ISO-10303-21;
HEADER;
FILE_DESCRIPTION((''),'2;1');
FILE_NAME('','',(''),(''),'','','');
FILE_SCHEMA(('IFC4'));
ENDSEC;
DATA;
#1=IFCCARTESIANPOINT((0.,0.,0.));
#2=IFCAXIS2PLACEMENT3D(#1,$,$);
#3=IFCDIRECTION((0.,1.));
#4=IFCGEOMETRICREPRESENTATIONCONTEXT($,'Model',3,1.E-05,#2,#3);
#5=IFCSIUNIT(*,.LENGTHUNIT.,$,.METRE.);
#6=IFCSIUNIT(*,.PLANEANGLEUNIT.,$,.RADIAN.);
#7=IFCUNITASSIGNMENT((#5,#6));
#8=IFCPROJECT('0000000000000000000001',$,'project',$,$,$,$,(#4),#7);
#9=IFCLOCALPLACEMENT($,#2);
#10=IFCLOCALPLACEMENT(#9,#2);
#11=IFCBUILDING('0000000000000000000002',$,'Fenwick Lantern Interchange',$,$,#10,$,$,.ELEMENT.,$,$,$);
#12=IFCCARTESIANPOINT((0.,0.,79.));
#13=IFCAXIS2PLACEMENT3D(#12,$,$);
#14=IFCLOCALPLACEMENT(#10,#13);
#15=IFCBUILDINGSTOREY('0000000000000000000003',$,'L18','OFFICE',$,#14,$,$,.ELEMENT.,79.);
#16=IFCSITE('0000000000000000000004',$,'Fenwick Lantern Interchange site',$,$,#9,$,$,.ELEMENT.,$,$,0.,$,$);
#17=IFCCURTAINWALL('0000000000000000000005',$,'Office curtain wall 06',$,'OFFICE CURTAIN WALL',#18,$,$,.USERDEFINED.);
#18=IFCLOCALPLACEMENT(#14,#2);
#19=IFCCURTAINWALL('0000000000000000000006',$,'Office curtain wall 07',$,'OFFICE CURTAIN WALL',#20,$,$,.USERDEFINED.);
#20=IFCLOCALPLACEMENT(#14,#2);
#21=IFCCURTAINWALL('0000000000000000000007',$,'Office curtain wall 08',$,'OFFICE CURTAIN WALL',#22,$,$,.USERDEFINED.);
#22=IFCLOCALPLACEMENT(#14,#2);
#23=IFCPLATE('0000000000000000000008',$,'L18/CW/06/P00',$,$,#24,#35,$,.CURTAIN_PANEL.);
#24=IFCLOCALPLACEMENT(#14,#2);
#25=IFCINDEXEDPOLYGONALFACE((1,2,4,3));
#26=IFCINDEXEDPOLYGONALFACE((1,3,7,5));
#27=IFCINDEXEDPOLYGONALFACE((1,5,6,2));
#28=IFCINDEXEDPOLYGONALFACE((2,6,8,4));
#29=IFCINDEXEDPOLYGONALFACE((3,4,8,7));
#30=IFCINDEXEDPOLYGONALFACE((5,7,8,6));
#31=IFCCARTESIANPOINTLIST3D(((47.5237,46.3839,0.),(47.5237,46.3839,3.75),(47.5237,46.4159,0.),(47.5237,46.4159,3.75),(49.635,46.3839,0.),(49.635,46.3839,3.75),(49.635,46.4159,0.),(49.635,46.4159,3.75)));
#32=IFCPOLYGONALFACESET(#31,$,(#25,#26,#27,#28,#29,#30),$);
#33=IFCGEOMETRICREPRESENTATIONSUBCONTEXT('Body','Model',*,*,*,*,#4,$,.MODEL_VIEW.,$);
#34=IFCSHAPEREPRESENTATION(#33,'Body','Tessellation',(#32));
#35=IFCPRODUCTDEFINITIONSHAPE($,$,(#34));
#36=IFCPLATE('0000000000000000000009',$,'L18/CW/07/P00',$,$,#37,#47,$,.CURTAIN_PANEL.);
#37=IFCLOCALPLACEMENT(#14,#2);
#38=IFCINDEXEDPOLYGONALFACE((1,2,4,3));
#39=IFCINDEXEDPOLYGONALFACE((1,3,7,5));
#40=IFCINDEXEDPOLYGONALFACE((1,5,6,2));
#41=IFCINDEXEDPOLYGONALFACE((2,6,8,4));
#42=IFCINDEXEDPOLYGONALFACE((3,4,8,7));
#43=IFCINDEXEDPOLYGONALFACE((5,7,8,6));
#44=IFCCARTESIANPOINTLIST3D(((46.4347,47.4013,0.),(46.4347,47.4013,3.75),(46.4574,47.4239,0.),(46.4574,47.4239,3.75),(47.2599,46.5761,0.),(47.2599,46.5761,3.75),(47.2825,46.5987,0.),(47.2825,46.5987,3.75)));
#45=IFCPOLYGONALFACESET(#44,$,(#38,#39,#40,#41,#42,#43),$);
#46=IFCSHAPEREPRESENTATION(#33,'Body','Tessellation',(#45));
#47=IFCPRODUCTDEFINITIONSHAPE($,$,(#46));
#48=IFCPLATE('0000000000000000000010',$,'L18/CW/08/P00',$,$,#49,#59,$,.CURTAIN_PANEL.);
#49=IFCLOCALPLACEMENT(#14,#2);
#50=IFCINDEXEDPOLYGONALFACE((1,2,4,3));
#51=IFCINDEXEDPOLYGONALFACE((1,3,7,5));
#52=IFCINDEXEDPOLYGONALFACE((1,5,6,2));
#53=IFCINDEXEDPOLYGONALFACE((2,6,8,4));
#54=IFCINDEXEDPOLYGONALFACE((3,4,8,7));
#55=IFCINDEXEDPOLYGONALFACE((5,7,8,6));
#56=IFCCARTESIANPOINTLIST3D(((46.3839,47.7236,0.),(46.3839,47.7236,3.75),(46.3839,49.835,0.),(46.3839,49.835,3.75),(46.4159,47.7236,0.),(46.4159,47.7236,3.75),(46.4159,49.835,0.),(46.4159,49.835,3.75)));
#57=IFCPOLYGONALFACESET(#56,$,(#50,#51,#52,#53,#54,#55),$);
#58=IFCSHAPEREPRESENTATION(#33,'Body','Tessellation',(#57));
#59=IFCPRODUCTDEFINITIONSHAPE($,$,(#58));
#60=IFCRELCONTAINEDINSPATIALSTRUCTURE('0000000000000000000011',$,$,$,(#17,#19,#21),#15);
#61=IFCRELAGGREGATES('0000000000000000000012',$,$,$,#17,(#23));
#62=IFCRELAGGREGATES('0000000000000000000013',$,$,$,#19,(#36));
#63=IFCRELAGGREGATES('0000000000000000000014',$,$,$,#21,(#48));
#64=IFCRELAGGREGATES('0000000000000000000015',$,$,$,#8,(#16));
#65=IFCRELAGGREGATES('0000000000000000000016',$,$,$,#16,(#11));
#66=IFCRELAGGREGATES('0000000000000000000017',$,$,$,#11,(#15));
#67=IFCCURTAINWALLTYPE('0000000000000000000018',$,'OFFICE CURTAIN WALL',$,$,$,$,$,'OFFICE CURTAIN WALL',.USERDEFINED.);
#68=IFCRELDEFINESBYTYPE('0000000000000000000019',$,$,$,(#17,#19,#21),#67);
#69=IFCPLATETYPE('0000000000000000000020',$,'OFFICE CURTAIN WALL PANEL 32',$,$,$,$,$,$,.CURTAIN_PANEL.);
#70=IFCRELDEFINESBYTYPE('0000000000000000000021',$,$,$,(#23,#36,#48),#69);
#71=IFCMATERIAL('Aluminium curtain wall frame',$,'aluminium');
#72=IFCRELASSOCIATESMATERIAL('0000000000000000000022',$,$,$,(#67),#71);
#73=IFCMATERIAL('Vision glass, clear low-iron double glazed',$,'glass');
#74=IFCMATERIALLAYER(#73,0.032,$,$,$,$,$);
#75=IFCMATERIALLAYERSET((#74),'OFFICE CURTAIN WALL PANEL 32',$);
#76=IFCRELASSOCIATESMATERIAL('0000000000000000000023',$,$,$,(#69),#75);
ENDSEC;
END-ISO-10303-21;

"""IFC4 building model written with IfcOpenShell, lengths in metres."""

from ifc_helpers import new_model, si_unit, direction, frame, origin, origin_2d, place, context, subcontext, project, spatial, rectangle, extrude, material, layer, layer_set, type_object, element, aggregate, save


model = new_model("IFC4")

# Units and contexts
model_context = context("Model", 3, precision=1e-05, world=origin(), true_north=direction((0.0, 1.0)))
body_context = subcontext(model_context, "Body", "Model", "MODEL_VIEW")
ifc_project = project(units=[si_unit("LENGTHUNIT", "METRE"), si_unit("PLANEANGLEUNIT", "RADIAN")], contexts=[model_context])

# Site, building, storey
site_placement = place(None, origin())
site = spatial("IfcSite", under=ifc_project, at=site_placement, Name="Fenwick Lantern Interchange site", CompositionType="ELEMENT", RefElevation=0.0)
building_placement = place(site_placement, origin())
building = spatial("IfcBuilding", under=site, at=building_placement, Name="Fenwick Lantern Interchange", CompositionType="ELEMENT")
storey_placement = place(building_placement, frame((0.0, 0.0, 79.0)))
storey = spatial("IfcBuildingStorey", under=building, at=storey_placement, Name="L18", Description="OFFICE", CompositionType="ELEMENT", Elevation=79.0)

# Curtain walls
ifc_material_1 = material(Name="Aluminium curtain wall frame", Category="aluminium")
curtain_wall_type = type_object("IfcCurtainWallType", Name="OFFICE CURTAIN WALL", ElementType="OFFICE CURTAIN WALL", PredefinedType="USERDEFINED", material=ifc_material_1)
curtain_wall_1_placement = place(storey_placement, origin())
curtain_wall_1 = element("IfcCurtainWall", 1, at=curtain_wall_1_placement, inside=storey, type_object=curtain_wall_type, Name="Office curtain wall 06", ObjectType="OFFICE CURTAIN WALL", PredefinedType="USERDEFINED")
curtain_wall_2_placement = place(storey_placement, origin())
curtain_wall_2 = element("IfcCurtainWall", 2, at=curtain_wall_2_placement, inside=storey, type_object=curtain_wall_type, Name="Office curtain wall 07", ObjectType="OFFICE CURTAIN WALL", PredefinedType="USERDEFINED")
curtain_wall_3_placement = place(storey_placement, origin())
curtain_wall_3 = element("IfcCurtainWall", 3, at=curtain_wall_3_placement, inside=storey, type_object=curtain_wall_type, Name="Office curtain wall 08", ObjectType="OFFICE CURTAIN WALL", PredefinedType="USERDEFINED")

# Plates
ifc_material_2 = material(Name="Vision glass, clear low-iron double glazed", Category="glass")
ifc_layer_1 = layer(ifc_material_2, 0.032)
ifc_layer_set_1 = layer_set([ifc_layer_1], Name="OFFICE CURTAIN WALL PANEL 32")
plate_type = type_object("IfcPlateType", Name="OFFICE CURTAIN WALL PANEL 32", PredefinedType="CURTAIN_PANEL", material=ifc_layer_set_1)
plate_1_placement = place(storey_placement, frame((48.5793, 46.3999, 0.0), z_axis=(0.0, 0.0, 1.0), x_axis=(-1.0, 0.0, 0.0)))
plate_1 = element("IfcPlate", 4, at=plate_1_placement, type_object=plate_type, Name="L18/CW/06/P00", PredefinedType="CURTAIN_PANEL", context=body_context, shape_type="SweptSolid", body=[
    extrude(rectangle(XDim=2.1113, YDim=0.032, at=origin_2d()), origin(), (0.0, 0.0, 1.0), 3.75),
])
aggregate(curtain_wall_1, [plate_1])
plate_2_placement = place(storey_placement, frame((46.8586, 47.0, 0.0), z_axis=(0.0, 0.0, 1.0), x_axis=(-0.707107, 0.707107, 0.0)))
plate_2 = element("IfcPlate", 5, at=plate_2_placement, type_object=plate_type, Name="L18/CW/07/P00", PredefinedType="CURTAIN_PANEL", context=body_context, shape_type="SweptSolid", body=[
    extrude(rectangle(XDim=1.167, YDim=0.032, at=origin_2d()), origin(), (0.0, 0.0, 1.0), 3.75),
])
aggregate(curtain_wall_2, [plate_2])
plate_3_placement = place(storey_placement, frame((46.3999, 48.7793, 0.0), z_axis=(0.0, 0.0, 1.0), x_axis=(0.0, 1.0, 0.0)))
plate_3 = element("IfcPlate", 6, at=plate_3_placement, type_object=plate_type, Name="L18/CW/08/P00", PredefinedType="CURTAIN_PANEL", context=body_context, shape_type="SweptSolid", body=[
    extrude(rectangle(XDim=2.1113, YDim=0.032, at=origin_2d()), origin(), (0.0, 0.0, 1.0), 3.75),
])
aggregate(curtain_wall_3, [plate_3])

save(model, "model.ifc")
